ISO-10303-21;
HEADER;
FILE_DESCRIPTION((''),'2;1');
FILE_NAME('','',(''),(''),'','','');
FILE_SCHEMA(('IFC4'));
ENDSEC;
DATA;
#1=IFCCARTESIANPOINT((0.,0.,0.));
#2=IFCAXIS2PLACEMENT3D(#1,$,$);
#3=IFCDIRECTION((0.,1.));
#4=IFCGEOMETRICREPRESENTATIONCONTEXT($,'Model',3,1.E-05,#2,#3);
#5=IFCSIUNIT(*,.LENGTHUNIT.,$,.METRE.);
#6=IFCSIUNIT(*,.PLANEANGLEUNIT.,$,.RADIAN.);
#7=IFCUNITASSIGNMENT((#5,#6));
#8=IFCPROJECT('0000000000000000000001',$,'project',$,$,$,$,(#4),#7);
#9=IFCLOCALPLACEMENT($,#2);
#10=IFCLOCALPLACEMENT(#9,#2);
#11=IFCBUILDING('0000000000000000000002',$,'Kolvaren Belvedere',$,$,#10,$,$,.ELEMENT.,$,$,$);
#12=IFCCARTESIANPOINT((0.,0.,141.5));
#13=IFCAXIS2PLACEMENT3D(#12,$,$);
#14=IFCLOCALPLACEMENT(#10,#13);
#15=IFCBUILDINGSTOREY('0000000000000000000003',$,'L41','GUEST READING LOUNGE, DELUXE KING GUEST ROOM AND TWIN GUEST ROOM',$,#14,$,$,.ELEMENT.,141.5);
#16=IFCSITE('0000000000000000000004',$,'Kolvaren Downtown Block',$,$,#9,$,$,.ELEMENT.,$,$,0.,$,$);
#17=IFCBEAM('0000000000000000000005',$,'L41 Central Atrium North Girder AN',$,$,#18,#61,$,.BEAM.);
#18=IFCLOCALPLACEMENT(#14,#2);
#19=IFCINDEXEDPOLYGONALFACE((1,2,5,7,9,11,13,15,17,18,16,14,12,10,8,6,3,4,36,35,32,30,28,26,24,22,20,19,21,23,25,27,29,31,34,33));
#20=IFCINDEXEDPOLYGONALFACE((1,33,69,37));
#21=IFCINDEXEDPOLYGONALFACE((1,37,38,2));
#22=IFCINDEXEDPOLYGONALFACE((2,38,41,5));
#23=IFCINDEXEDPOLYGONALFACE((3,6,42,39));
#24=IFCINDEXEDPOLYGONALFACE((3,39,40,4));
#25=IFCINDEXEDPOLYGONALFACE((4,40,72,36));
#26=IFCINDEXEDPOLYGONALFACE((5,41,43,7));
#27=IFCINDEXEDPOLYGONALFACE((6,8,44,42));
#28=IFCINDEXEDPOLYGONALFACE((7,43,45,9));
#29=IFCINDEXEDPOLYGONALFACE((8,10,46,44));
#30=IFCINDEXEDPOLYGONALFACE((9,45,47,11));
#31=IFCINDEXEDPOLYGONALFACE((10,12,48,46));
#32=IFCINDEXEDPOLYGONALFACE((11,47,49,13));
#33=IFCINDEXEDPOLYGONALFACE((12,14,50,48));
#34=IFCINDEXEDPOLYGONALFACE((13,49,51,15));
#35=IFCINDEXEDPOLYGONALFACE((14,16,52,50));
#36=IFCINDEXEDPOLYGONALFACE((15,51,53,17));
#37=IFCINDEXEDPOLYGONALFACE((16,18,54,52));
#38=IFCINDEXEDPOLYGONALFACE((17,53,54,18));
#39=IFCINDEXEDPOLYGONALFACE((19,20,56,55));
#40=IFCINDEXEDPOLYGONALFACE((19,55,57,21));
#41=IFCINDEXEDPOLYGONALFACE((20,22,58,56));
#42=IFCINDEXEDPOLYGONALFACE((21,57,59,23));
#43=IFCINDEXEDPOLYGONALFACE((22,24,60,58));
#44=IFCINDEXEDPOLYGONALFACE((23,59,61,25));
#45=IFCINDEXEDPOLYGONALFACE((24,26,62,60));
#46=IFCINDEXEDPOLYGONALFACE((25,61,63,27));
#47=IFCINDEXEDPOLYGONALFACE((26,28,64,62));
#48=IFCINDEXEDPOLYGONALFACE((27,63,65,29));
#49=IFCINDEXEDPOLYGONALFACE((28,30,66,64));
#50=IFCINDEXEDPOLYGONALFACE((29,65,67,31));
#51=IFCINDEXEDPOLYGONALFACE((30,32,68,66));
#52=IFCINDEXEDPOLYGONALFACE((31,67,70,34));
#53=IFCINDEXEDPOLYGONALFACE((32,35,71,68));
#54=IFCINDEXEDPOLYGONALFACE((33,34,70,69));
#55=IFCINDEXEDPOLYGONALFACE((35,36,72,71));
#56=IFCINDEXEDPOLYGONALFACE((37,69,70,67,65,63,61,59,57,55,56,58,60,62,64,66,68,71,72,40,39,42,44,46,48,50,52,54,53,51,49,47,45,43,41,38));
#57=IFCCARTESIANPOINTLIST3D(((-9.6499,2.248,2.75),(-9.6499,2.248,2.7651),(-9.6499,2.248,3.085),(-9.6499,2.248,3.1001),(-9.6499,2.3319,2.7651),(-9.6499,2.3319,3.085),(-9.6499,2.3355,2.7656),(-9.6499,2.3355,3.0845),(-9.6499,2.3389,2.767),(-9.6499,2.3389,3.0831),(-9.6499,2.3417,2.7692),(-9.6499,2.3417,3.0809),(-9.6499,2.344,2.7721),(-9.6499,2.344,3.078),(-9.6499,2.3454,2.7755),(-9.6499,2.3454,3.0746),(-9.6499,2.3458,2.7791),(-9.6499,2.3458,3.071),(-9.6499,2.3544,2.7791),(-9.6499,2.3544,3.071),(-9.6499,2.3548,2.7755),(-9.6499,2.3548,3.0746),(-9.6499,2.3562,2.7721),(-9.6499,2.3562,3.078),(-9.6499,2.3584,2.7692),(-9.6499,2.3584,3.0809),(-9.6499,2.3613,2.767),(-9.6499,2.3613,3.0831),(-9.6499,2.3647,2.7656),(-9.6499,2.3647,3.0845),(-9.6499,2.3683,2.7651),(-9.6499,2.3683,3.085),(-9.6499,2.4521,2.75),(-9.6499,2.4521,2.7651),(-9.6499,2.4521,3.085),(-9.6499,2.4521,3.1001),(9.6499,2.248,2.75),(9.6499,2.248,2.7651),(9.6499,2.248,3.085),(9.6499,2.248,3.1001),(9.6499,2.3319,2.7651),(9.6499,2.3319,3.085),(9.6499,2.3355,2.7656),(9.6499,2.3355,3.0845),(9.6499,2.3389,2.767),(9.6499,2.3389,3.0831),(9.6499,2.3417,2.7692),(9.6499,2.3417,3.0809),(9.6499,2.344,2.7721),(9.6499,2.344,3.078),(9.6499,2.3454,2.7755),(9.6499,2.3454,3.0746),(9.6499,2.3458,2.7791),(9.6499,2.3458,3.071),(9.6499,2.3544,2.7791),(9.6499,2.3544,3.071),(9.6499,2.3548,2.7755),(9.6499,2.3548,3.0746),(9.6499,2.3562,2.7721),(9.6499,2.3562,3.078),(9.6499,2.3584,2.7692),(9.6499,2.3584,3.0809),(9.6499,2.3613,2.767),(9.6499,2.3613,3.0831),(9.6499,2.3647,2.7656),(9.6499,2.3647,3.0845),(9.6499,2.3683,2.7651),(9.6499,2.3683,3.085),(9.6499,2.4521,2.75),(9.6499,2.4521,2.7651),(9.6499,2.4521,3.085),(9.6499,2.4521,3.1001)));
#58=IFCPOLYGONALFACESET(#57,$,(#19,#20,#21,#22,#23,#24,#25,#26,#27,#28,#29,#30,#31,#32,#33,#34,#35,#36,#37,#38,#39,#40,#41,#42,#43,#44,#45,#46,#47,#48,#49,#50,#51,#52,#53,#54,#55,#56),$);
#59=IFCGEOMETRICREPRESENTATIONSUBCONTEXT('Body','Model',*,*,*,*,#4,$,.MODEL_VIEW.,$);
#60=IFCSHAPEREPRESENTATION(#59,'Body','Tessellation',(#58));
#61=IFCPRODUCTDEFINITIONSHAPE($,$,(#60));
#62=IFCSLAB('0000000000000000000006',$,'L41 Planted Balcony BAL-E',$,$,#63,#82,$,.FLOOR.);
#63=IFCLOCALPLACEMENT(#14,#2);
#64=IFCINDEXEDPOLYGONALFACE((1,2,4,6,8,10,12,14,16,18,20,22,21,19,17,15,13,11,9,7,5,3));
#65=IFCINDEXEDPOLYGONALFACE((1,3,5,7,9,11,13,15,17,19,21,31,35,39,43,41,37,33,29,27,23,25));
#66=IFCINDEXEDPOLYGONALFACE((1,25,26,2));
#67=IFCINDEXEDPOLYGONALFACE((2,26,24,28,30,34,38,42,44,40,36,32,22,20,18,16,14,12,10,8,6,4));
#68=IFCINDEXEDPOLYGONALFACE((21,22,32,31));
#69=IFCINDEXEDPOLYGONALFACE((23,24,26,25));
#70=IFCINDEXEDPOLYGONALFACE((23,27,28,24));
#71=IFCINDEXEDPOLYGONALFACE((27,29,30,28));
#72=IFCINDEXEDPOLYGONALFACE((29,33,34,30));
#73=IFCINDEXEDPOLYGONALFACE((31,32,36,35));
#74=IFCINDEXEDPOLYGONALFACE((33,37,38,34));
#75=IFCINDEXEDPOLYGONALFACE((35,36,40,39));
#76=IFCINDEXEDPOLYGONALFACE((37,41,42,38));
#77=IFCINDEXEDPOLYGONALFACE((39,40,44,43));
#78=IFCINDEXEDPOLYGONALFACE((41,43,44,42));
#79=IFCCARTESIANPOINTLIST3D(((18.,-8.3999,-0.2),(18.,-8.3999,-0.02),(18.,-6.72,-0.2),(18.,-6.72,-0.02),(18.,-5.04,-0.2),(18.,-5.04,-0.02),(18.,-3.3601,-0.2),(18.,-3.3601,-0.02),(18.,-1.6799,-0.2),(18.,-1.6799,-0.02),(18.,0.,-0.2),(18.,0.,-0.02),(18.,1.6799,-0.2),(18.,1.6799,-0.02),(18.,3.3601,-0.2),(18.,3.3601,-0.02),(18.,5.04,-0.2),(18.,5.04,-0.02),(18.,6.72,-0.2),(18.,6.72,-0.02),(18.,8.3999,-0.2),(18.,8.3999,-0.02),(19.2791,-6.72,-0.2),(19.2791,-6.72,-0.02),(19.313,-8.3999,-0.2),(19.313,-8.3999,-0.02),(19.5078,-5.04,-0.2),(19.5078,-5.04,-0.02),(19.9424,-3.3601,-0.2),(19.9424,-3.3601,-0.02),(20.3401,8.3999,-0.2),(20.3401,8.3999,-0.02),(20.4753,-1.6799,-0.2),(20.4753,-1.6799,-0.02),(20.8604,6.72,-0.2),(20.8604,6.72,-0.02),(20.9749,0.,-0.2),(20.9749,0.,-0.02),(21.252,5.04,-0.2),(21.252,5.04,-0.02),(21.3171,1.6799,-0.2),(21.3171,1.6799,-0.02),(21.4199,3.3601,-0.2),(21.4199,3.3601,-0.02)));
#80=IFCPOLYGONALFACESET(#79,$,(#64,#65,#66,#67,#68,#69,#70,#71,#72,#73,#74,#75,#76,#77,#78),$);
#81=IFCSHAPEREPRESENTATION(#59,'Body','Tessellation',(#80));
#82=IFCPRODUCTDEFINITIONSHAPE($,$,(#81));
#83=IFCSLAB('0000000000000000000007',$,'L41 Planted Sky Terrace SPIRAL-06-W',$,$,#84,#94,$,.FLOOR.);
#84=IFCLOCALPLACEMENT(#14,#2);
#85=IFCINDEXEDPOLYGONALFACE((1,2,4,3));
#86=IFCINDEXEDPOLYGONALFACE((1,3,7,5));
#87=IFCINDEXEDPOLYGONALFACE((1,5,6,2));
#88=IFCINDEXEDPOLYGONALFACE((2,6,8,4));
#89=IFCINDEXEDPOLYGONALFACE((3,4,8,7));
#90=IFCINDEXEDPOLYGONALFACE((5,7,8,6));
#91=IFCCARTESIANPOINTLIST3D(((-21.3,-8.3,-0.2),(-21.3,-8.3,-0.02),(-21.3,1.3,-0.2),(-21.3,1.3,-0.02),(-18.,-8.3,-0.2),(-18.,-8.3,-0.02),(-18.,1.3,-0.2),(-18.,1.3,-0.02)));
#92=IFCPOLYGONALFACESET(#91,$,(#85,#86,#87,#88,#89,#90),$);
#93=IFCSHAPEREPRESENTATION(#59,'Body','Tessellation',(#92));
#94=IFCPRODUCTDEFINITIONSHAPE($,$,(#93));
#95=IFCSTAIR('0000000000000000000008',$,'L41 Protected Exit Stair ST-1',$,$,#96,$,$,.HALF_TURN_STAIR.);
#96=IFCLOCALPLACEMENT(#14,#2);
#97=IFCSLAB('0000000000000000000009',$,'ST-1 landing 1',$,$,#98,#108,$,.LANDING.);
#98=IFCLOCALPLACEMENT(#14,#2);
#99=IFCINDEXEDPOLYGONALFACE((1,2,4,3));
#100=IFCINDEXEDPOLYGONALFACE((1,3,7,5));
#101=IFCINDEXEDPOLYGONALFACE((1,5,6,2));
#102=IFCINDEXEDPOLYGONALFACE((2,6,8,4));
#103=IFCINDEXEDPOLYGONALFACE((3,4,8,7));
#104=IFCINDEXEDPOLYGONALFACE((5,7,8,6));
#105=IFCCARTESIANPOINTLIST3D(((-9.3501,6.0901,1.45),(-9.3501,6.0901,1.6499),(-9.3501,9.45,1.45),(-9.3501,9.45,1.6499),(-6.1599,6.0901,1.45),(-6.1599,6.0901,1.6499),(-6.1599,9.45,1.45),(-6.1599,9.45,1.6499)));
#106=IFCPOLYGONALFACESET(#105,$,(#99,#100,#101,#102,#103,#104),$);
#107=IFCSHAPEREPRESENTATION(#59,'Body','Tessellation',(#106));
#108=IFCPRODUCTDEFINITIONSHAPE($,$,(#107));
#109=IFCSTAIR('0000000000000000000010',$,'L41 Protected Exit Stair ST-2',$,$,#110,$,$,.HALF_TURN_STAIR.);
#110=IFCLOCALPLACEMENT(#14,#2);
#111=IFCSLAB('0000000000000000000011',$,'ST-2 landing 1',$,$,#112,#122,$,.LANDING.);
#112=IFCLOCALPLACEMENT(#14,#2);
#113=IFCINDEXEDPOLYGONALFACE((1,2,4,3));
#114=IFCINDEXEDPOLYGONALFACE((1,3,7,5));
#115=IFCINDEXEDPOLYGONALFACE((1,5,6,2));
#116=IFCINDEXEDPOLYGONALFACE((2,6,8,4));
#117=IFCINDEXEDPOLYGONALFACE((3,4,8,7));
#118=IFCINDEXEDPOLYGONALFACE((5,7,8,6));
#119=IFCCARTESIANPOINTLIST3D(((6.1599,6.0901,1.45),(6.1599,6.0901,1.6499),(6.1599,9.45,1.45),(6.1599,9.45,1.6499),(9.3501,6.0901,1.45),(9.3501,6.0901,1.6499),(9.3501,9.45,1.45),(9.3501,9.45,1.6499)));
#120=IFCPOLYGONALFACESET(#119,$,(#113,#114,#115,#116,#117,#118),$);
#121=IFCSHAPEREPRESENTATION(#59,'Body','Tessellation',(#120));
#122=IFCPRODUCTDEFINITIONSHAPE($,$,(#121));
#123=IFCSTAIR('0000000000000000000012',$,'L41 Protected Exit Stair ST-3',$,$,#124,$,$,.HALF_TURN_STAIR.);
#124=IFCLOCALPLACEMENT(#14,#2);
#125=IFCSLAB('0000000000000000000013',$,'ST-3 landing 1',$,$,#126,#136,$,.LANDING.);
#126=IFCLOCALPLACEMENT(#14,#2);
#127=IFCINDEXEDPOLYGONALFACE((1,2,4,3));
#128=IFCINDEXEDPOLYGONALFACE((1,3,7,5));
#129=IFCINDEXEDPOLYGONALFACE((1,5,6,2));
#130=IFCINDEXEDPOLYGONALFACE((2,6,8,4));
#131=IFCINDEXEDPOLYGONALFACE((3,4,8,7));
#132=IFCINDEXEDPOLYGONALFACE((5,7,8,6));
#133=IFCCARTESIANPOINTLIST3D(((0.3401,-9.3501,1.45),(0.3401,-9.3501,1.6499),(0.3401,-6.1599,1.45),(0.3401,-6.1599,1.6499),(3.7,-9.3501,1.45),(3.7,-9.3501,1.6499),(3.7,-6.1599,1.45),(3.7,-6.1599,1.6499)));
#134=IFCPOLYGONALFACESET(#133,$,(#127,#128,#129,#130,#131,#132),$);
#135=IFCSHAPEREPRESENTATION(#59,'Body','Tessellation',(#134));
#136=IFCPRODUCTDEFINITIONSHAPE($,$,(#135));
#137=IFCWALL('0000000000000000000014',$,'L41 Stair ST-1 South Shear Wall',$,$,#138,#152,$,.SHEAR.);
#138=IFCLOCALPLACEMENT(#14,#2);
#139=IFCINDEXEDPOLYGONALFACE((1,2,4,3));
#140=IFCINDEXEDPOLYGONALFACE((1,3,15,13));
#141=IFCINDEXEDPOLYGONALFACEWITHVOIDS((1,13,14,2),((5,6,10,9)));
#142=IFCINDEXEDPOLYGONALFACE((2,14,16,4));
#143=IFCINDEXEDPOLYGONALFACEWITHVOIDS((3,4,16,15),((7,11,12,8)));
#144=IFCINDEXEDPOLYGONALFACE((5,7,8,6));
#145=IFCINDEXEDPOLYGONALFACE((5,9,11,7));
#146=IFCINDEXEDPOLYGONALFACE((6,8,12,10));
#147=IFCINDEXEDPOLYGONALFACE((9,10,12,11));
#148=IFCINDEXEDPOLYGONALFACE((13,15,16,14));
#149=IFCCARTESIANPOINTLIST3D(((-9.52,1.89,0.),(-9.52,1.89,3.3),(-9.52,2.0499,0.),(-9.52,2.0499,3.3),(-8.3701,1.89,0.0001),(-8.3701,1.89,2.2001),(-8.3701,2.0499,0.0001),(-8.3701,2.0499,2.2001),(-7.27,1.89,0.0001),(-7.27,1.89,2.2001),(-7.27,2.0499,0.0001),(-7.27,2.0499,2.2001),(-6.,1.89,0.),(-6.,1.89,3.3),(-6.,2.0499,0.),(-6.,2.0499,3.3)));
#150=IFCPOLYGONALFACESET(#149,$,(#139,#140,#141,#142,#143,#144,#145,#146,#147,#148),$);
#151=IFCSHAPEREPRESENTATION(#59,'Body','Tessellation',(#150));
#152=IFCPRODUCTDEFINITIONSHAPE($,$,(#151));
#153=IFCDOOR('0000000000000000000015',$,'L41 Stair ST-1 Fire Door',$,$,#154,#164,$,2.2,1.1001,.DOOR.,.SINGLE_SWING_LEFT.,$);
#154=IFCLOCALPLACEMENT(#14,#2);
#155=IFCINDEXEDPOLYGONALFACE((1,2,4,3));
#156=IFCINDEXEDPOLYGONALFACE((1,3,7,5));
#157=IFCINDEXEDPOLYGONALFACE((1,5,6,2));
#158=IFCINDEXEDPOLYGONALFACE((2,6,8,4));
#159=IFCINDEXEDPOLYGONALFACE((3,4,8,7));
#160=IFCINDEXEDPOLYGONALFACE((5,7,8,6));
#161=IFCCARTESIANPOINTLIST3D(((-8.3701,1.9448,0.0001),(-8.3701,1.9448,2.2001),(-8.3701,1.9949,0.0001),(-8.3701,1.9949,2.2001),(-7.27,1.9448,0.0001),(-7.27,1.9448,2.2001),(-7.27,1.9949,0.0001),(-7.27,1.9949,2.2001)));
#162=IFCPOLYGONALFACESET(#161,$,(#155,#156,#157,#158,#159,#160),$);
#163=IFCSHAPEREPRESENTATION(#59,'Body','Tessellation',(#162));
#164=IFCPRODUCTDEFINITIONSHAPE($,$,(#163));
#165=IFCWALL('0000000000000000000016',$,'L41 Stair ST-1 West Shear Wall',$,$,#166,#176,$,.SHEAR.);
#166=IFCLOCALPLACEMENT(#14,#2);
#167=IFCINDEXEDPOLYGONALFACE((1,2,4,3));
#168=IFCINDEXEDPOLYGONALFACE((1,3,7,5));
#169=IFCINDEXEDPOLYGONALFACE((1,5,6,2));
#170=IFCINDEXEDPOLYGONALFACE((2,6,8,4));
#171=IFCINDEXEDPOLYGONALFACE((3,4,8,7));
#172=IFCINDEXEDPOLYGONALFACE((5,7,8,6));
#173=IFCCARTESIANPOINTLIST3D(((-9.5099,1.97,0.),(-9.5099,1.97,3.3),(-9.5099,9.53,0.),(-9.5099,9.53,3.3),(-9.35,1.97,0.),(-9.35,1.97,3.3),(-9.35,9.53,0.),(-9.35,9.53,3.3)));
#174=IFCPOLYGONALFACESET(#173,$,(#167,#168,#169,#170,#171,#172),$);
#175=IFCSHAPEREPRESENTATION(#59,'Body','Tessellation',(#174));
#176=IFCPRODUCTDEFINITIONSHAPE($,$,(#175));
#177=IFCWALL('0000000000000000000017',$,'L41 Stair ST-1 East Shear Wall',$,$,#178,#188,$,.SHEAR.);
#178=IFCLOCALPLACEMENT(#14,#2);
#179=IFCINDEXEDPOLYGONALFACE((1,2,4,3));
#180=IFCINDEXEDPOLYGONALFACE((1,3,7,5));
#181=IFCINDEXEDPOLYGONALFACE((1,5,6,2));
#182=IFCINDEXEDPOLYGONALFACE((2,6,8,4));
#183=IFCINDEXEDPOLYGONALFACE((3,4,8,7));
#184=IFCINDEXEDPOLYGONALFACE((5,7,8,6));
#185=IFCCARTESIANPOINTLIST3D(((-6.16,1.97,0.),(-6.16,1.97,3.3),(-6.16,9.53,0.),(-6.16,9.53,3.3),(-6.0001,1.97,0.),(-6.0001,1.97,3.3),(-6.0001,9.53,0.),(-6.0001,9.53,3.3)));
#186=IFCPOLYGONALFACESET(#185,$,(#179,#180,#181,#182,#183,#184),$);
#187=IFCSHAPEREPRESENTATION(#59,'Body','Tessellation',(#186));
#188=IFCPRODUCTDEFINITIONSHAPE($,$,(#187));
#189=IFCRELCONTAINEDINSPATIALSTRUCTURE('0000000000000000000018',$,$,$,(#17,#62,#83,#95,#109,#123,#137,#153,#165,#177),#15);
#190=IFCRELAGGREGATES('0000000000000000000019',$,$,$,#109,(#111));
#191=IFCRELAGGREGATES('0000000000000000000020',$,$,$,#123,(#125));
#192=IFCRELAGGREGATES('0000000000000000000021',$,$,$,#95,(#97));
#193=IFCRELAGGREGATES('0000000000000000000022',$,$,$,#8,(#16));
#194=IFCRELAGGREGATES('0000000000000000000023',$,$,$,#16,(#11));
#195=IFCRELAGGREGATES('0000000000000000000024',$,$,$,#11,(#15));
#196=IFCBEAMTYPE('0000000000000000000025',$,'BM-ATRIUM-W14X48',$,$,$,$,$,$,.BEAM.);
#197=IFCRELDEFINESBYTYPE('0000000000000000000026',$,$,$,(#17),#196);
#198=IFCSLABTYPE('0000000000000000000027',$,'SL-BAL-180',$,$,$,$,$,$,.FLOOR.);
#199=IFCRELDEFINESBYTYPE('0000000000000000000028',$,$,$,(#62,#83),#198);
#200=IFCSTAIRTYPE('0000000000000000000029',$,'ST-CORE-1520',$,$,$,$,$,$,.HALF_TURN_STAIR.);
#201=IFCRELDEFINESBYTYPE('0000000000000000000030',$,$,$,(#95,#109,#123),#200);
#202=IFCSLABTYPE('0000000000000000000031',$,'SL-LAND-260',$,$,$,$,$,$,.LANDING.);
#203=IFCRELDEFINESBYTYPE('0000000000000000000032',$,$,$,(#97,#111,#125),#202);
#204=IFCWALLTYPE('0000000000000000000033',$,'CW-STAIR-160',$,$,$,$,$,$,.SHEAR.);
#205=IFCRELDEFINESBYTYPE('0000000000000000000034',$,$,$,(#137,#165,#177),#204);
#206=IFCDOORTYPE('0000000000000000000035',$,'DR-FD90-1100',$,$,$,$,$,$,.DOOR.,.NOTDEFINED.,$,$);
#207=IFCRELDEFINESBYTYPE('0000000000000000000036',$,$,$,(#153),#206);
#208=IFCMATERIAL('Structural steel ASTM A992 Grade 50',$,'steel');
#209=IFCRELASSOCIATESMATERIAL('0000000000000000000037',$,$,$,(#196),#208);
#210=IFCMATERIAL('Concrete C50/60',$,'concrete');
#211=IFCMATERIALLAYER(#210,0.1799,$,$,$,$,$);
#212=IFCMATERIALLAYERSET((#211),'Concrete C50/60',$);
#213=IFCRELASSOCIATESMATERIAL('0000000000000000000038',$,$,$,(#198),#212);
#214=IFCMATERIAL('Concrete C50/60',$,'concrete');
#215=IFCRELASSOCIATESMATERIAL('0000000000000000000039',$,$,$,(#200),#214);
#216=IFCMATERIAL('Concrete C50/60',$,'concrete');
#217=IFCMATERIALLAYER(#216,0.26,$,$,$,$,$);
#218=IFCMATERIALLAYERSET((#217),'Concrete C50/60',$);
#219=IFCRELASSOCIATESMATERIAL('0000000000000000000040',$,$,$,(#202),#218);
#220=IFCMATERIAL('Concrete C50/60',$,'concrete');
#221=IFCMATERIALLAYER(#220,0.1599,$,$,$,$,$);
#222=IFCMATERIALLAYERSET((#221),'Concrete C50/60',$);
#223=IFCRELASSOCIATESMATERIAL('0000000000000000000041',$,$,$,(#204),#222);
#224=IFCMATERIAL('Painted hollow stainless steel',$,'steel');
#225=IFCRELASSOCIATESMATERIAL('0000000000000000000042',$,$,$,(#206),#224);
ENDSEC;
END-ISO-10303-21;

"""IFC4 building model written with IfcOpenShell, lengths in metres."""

from ifc_helpers import new_model, si_unit, direction, frame, frame_2d, origin, origin_2d, place, context, subcontext, project, spatial, polyline, rectangle, i_section, outline, extrude, material, layer, layer_set, material_profile, profile_set, type_object, element, fill, aggregate, save


model = new_model("IFC4")

# Units and contexts
model_context = context("Model", 3, precision=1e-05, world=origin(), true_north=direction((0.0, 1.0)))
body_context = subcontext(model_context, "Body", "Model", "MODEL_VIEW")
ifc_project = project(units=[si_unit("LENGTHUNIT", "METRE"), si_unit("PLANEANGLEUNIT", "RADIAN")], contexts=[model_context])

# Site, building, storey
site_placement = place(None, origin())
site = spatial("IfcSite", under=ifc_project, at=site_placement, Name="Kolvaren Downtown Block", CompositionType="ELEMENT", RefElevation=0.0)
building_placement = place(site_placement, origin())
building = spatial("IfcBuilding", under=site, at=building_placement, Name="Kolvaren Belvedere", CompositionType="ELEMENT")
storey_placement = place(building_placement, frame((0.0, 0.0, 141.5)))
storey = spatial("IfcBuildingStorey", under=building, at=storey_placement, Name="L41", Description="GUEST READING LOUNGE, DELUXE KING GUEST ROOM AND TWIN GUEST ROOM", CompositionType="ELEMENT", Elevation=141.5)

# Beam
ifc_material_1 = material(Name="Structural steel ASTM A992 Grade 50", Category="steel")
ifc_material_profile = material_profile(ifc_material_1, i_section(OverallWidth=0.2041, OverallDepth=0.3501, WebThickness=0.0085, FlangeThickness=0.0151, FilletRadius=0.0139, at=origin_2d()), Name="W14X48")
ifc_profile_set = profile_set([ifc_material_profile], Name="Structural steel ASTM A992 Grade 50")
beam_type = type_object("IfcBeamType", Name="BM-ATRIUM-W14X48", PredefinedType="BEAM", material=ifc_profile_set)
beam_placement = place(storey_placement, frame((-9.6499, 2.3501, 2.925), z_axis=(1.0, 0.0, 0.0), x_axis=(0.0, 1.0, 0.0)))
element("IfcBeam", 1, at=beam_placement, inside=storey, type_object=beam_type, Name="L41 Central Atrium North Girder AN", PredefinedType="BEAM", context=body_context, shape_type="SweptSolid", body=[
    extrude(i_section(OverallWidth=0.2041, OverallDepth=0.3501, WebThickness=0.0085, FlangeThickness=0.0151, FilletRadius=0.0139, at=origin_2d()), origin(), (0.0, 0.0, 1.0), 19.2998),
])

# Slabs
ifc_material_2 = material(Name="Concrete C50/60", Category="concrete")
ifc_layer_1 = layer(ifc_material_2, 0.1799)
ifc_layer_set_1 = layer_set([ifc_layer_1], Name="Concrete C50/60")
slab_type_1 = type_object("IfcSlabType", Name="SL-BAL-180", PredefinedType="FLOOR", material=ifc_layer_set_1)
slab_1_placement = place(storey_placement, frame((0.0, 0.0, -0.2)))
element("IfcSlab", 2, at=slab_1_placement, inside=storey, type_object=slab_type_1, Name="L41 Planted Balcony BAL-E", PredefinedType="FLOOR", context=body_context, shape_type="SweptSolid", body=[
    extrude(outline(polyline([(19.313, -8.3999), (19.2791, -6.72), (19.5078, -5.04), (19.9424, -3.3601), (20.4753, -1.6799), (20.9749, 0.0), (21.3171, 1.6799), (21.4199, 3.3601), (21.252, 5.04), (20.8604, 6.72), (20.3401, 8.3999), (18.0, 8.3999), (18.0, 6.72), (18.0, 5.04), (18.0, 3.3601), (18.0, 1.6799), (18.0, 0.0), (18.0, -1.6799), (18.0, -3.3601), (18.0, -5.04), (18.0, -6.72), (18.0, -8.3999), (19.313, -8.3999)])), origin(), (0.0, 0.0, 1.0), 0.1799),
])
slab_2_placement = place(storey_placement, frame((0.0, 0.0, -0.2)))
element("IfcSlab", 3, at=slab_2_placement, inside=storey, type_object=slab_type_1, Name="L41 Planted Sky Terrace SPIRAL-06-W", PredefinedType="FLOOR", context=body_context, shape_type="SweptSolid", body=[
    extrude(outline(polyline([(-21.3, -8.3), (-18.0, -8.3), (-18.0, 1.3), (-21.3, 1.3), (-21.3, -8.3)])), origin(), (0.0, 0.0, 1.0), 0.1799),
])

# Stairs, slabs
ifc_material_3 = material(Name="Concrete C50/60", Category="concrete")
stair_type = type_object("IfcStairType", Name="ST-CORE-1520", PredefinedType="HALF_TURN_STAIR", material=ifc_material_3)
stair_1_placement = place(storey_placement, origin())
stair_1 = element("IfcStair", 4, at=stair_1_placement, inside=storey, type_object=stair_type, Name="L41 Protected Exit Stair ST-1", PredefinedType="HALF_TURN_STAIR")
ifc_material_4 = material(Name="Concrete C50/60", Category="concrete")
ifc_layer_2 = layer(ifc_material_4, 0.26)
ifc_layer_set_2 = layer_set([ifc_layer_2], Name="Concrete C50/60")
slab_type_2 = type_object("IfcSlabType", Name="SL-LAND-260", PredefinedType="LANDING", material=ifc_layer_set_2)
slab_3_placement = place(storey_placement, frame((0.0, 0.0, 1.45)))
slab_3 = element("IfcSlab", 5, at=slab_3_placement, type_object=slab_type_2, Name="ST-1 landing 1", PredefinedType="LANDING", context=body_context, shape_type="SweptSolid", body=[
    extrude(outline(polyline([(-6.1599, 6.0901), (-6.1599, 9.45), (-9.3501, 9.45), (-9.3501, 6.0901), (-6.1599, 6.0901)])), origin(), (0.0, 0.0, 1.0), 0.2),
])
stair_2_placement = place(storey_placement, origin())
stair_2 = element("IfcStair", 6, at=stair_2_placement, inside=storey, type_object=stair_type, Name="L41 Protected Exit Stair ST-2", PredefinedType="HALF_TURN_STAIR")
slab_4_placement = place(storey_placement, frame((0.0, 0.0, 1.45)))
slab_4 = element("IfcSlab", 7, at=slab_4_placement, type_object=slab_type_2, Name="ST-2 landing 1", PredefinedType="LANDING", context=body_context, shape_type="SweptSolid", body=[
    extrude(outline(polyline([(9.3501, 6.0901), (9.3501, 9.45), (6.1599, 9.45), (6.1599, 6.0901), (9.3501, 6.0901)])), origin(), (0.0, 0.0, 1.0), 0.2),
])
aggregate(stair_2, [slab_4])
stair_3_placement = place(storey_placement, origin())
stair_3 = element("IfcStair", 8, at=stair_3_placement, inside=storey, type_object=stair_type, Name="L41 Protected Exit Stair ST-3", PredefinedType="HALF_TURN_STAIR")
slab_5_placement = place(storey_placement, frame((0.0, 0.0, 1.45)))
slab_5 = element("IfcSlab", 9, at=slab_5_placement, type_object=slab_type_2, Name="ST-3 landing 1", PredefinedType="LANDING", context=body_context, shape_type="SweptSolid", body=[
    extrude(outline(polyline([(0.3401, -9.3501), (3.7, -9.3501), (3.7, -6.1599), (0.3401, -6.1599), (0.3401, -9.3501)])), origin(), (0.0, 0.0, 1.0), 0.2),
])
aggregate(stair_3, [slab_5])

# Wall, opening, door
ifc_material_5 = material(Name="Concrete C50/60", Category="concrete")
ifc_layer_3 = layer(ifc_material_5, 0.1599)
ifc_layer_set_3 = layer_set([ifc_layer_3], Name="Concrete C50/60")
wall_type_1 = type_object("IfcWallType", Name="CW-STAIR-160", PredefinedType="SHEAR", material=ifc_layer_set_3)
wall_1_placement = place(storey_placement, frame((-9.52, 1.97, 0.0), z_axis=(0.0, 0.0, 1.0), x_axis=(1.0, 0.0, 0.0)))
wall_1 = element("IfcWall", 10, at=wall_1_placement, inside=storey, type_object=wall_type_1, Name="L41 Stair ST-1 South Shear Wall", PredefinedType="SHEAR", context=body_context, shape_type="SweptSolid", body=[
    extrude(rectangle(XDim=3.52, YDim=0.1599, at=frame_2d((1.76, 0.0))), origin(), (0.0, 0.0, 1.0), 3.3),
])
opening_1_placement = place(wall_1_placement, frame((1.1499, 0.0, 0.0)))
opening_1 = element("IfcOpeningElement", 11, at=opening_1_placement, cuts=wall_1, PredefinedType="OPENING", context=body_context, shape_type="SweptSolid", body=[
    extrude(rectangle(XDim=1.1001, YDim=2.2, at=frame_2d((0.55, 1.1001))), frame((0.0, 0.0898, 0.0), z_axis=(0.0, -1.0, 0.0), x_axis=(1.0, 0.0, 0.0)), (0.0, 0.0, 1.0), 0.1799),
])
ifc_material_6 = material(Name="Painted hollow stainless steel", Category="steel")
door_type_1 = type_object("IfcDoorType", Name="DR-FD90-1100", OperationType="NOTDEFINED", PredefinedType="DOOR", material=ifc_material_6)
door_1_placement = place(opening_1_placement, origin())
door_1 = element("IfcDoor", 12, at=door_1_placement, inside=storey, type_object=door_type_1, Name="L41 Stair ST-1 Fire Door", OperationType="SINGLE_SWING_LEFT", OverallHeight=2.2, OverallWidth=1.1001, PredefinedType="DOOR", context=body_context, shape_type="SweptSolid", body=[
    extrude(rectangle(XDim=1.1001, YDim=2.2, at=frame_2d((0.55, 1.1001))), frame((0.0, 0.0249, 0.0), z_axis=(0.0, -1.0, 0.0), x_axis=(1.0, 0.0, 0.0)), (0.0, 0.0, 1.0), 0.05),
])
fill(opening_1, door_1)

# Walls
for number, where, z_axis, x_axis, name in (
    (13, (-9.4299, 1.97, 0.0), (0.0, 0.0, 1.0), (0.0, 1.0, 0.0), "L41 Stair ST-1 West Shear Wall"),
    (14, (-6.0801, 1.97, 0.0), (0.0, 0.0, 1.0), (0.0, 1.0, 0.0), "L41 Stair ST-1 East Shear Wall"),
):
    element("IfcWall", number, at=place(storey_placement, frame(where, z_axis=z_axis, x_axis=x_axis)), inside=storey, type_object=wall_type_1, Name=name, PredefinedType="SHEAR", context=body_context, shape_type="SweptSolid", body=[
        extrude(rectangle(XDim=7.5601, YDim=0.1599, at=frame_2d((3.78, 0.0))), origin(), (0.0, 0.0, 1.0), 3.3),
    ])

aggregate(stair_1, [slab_3])

save(model, "model.ifc")
